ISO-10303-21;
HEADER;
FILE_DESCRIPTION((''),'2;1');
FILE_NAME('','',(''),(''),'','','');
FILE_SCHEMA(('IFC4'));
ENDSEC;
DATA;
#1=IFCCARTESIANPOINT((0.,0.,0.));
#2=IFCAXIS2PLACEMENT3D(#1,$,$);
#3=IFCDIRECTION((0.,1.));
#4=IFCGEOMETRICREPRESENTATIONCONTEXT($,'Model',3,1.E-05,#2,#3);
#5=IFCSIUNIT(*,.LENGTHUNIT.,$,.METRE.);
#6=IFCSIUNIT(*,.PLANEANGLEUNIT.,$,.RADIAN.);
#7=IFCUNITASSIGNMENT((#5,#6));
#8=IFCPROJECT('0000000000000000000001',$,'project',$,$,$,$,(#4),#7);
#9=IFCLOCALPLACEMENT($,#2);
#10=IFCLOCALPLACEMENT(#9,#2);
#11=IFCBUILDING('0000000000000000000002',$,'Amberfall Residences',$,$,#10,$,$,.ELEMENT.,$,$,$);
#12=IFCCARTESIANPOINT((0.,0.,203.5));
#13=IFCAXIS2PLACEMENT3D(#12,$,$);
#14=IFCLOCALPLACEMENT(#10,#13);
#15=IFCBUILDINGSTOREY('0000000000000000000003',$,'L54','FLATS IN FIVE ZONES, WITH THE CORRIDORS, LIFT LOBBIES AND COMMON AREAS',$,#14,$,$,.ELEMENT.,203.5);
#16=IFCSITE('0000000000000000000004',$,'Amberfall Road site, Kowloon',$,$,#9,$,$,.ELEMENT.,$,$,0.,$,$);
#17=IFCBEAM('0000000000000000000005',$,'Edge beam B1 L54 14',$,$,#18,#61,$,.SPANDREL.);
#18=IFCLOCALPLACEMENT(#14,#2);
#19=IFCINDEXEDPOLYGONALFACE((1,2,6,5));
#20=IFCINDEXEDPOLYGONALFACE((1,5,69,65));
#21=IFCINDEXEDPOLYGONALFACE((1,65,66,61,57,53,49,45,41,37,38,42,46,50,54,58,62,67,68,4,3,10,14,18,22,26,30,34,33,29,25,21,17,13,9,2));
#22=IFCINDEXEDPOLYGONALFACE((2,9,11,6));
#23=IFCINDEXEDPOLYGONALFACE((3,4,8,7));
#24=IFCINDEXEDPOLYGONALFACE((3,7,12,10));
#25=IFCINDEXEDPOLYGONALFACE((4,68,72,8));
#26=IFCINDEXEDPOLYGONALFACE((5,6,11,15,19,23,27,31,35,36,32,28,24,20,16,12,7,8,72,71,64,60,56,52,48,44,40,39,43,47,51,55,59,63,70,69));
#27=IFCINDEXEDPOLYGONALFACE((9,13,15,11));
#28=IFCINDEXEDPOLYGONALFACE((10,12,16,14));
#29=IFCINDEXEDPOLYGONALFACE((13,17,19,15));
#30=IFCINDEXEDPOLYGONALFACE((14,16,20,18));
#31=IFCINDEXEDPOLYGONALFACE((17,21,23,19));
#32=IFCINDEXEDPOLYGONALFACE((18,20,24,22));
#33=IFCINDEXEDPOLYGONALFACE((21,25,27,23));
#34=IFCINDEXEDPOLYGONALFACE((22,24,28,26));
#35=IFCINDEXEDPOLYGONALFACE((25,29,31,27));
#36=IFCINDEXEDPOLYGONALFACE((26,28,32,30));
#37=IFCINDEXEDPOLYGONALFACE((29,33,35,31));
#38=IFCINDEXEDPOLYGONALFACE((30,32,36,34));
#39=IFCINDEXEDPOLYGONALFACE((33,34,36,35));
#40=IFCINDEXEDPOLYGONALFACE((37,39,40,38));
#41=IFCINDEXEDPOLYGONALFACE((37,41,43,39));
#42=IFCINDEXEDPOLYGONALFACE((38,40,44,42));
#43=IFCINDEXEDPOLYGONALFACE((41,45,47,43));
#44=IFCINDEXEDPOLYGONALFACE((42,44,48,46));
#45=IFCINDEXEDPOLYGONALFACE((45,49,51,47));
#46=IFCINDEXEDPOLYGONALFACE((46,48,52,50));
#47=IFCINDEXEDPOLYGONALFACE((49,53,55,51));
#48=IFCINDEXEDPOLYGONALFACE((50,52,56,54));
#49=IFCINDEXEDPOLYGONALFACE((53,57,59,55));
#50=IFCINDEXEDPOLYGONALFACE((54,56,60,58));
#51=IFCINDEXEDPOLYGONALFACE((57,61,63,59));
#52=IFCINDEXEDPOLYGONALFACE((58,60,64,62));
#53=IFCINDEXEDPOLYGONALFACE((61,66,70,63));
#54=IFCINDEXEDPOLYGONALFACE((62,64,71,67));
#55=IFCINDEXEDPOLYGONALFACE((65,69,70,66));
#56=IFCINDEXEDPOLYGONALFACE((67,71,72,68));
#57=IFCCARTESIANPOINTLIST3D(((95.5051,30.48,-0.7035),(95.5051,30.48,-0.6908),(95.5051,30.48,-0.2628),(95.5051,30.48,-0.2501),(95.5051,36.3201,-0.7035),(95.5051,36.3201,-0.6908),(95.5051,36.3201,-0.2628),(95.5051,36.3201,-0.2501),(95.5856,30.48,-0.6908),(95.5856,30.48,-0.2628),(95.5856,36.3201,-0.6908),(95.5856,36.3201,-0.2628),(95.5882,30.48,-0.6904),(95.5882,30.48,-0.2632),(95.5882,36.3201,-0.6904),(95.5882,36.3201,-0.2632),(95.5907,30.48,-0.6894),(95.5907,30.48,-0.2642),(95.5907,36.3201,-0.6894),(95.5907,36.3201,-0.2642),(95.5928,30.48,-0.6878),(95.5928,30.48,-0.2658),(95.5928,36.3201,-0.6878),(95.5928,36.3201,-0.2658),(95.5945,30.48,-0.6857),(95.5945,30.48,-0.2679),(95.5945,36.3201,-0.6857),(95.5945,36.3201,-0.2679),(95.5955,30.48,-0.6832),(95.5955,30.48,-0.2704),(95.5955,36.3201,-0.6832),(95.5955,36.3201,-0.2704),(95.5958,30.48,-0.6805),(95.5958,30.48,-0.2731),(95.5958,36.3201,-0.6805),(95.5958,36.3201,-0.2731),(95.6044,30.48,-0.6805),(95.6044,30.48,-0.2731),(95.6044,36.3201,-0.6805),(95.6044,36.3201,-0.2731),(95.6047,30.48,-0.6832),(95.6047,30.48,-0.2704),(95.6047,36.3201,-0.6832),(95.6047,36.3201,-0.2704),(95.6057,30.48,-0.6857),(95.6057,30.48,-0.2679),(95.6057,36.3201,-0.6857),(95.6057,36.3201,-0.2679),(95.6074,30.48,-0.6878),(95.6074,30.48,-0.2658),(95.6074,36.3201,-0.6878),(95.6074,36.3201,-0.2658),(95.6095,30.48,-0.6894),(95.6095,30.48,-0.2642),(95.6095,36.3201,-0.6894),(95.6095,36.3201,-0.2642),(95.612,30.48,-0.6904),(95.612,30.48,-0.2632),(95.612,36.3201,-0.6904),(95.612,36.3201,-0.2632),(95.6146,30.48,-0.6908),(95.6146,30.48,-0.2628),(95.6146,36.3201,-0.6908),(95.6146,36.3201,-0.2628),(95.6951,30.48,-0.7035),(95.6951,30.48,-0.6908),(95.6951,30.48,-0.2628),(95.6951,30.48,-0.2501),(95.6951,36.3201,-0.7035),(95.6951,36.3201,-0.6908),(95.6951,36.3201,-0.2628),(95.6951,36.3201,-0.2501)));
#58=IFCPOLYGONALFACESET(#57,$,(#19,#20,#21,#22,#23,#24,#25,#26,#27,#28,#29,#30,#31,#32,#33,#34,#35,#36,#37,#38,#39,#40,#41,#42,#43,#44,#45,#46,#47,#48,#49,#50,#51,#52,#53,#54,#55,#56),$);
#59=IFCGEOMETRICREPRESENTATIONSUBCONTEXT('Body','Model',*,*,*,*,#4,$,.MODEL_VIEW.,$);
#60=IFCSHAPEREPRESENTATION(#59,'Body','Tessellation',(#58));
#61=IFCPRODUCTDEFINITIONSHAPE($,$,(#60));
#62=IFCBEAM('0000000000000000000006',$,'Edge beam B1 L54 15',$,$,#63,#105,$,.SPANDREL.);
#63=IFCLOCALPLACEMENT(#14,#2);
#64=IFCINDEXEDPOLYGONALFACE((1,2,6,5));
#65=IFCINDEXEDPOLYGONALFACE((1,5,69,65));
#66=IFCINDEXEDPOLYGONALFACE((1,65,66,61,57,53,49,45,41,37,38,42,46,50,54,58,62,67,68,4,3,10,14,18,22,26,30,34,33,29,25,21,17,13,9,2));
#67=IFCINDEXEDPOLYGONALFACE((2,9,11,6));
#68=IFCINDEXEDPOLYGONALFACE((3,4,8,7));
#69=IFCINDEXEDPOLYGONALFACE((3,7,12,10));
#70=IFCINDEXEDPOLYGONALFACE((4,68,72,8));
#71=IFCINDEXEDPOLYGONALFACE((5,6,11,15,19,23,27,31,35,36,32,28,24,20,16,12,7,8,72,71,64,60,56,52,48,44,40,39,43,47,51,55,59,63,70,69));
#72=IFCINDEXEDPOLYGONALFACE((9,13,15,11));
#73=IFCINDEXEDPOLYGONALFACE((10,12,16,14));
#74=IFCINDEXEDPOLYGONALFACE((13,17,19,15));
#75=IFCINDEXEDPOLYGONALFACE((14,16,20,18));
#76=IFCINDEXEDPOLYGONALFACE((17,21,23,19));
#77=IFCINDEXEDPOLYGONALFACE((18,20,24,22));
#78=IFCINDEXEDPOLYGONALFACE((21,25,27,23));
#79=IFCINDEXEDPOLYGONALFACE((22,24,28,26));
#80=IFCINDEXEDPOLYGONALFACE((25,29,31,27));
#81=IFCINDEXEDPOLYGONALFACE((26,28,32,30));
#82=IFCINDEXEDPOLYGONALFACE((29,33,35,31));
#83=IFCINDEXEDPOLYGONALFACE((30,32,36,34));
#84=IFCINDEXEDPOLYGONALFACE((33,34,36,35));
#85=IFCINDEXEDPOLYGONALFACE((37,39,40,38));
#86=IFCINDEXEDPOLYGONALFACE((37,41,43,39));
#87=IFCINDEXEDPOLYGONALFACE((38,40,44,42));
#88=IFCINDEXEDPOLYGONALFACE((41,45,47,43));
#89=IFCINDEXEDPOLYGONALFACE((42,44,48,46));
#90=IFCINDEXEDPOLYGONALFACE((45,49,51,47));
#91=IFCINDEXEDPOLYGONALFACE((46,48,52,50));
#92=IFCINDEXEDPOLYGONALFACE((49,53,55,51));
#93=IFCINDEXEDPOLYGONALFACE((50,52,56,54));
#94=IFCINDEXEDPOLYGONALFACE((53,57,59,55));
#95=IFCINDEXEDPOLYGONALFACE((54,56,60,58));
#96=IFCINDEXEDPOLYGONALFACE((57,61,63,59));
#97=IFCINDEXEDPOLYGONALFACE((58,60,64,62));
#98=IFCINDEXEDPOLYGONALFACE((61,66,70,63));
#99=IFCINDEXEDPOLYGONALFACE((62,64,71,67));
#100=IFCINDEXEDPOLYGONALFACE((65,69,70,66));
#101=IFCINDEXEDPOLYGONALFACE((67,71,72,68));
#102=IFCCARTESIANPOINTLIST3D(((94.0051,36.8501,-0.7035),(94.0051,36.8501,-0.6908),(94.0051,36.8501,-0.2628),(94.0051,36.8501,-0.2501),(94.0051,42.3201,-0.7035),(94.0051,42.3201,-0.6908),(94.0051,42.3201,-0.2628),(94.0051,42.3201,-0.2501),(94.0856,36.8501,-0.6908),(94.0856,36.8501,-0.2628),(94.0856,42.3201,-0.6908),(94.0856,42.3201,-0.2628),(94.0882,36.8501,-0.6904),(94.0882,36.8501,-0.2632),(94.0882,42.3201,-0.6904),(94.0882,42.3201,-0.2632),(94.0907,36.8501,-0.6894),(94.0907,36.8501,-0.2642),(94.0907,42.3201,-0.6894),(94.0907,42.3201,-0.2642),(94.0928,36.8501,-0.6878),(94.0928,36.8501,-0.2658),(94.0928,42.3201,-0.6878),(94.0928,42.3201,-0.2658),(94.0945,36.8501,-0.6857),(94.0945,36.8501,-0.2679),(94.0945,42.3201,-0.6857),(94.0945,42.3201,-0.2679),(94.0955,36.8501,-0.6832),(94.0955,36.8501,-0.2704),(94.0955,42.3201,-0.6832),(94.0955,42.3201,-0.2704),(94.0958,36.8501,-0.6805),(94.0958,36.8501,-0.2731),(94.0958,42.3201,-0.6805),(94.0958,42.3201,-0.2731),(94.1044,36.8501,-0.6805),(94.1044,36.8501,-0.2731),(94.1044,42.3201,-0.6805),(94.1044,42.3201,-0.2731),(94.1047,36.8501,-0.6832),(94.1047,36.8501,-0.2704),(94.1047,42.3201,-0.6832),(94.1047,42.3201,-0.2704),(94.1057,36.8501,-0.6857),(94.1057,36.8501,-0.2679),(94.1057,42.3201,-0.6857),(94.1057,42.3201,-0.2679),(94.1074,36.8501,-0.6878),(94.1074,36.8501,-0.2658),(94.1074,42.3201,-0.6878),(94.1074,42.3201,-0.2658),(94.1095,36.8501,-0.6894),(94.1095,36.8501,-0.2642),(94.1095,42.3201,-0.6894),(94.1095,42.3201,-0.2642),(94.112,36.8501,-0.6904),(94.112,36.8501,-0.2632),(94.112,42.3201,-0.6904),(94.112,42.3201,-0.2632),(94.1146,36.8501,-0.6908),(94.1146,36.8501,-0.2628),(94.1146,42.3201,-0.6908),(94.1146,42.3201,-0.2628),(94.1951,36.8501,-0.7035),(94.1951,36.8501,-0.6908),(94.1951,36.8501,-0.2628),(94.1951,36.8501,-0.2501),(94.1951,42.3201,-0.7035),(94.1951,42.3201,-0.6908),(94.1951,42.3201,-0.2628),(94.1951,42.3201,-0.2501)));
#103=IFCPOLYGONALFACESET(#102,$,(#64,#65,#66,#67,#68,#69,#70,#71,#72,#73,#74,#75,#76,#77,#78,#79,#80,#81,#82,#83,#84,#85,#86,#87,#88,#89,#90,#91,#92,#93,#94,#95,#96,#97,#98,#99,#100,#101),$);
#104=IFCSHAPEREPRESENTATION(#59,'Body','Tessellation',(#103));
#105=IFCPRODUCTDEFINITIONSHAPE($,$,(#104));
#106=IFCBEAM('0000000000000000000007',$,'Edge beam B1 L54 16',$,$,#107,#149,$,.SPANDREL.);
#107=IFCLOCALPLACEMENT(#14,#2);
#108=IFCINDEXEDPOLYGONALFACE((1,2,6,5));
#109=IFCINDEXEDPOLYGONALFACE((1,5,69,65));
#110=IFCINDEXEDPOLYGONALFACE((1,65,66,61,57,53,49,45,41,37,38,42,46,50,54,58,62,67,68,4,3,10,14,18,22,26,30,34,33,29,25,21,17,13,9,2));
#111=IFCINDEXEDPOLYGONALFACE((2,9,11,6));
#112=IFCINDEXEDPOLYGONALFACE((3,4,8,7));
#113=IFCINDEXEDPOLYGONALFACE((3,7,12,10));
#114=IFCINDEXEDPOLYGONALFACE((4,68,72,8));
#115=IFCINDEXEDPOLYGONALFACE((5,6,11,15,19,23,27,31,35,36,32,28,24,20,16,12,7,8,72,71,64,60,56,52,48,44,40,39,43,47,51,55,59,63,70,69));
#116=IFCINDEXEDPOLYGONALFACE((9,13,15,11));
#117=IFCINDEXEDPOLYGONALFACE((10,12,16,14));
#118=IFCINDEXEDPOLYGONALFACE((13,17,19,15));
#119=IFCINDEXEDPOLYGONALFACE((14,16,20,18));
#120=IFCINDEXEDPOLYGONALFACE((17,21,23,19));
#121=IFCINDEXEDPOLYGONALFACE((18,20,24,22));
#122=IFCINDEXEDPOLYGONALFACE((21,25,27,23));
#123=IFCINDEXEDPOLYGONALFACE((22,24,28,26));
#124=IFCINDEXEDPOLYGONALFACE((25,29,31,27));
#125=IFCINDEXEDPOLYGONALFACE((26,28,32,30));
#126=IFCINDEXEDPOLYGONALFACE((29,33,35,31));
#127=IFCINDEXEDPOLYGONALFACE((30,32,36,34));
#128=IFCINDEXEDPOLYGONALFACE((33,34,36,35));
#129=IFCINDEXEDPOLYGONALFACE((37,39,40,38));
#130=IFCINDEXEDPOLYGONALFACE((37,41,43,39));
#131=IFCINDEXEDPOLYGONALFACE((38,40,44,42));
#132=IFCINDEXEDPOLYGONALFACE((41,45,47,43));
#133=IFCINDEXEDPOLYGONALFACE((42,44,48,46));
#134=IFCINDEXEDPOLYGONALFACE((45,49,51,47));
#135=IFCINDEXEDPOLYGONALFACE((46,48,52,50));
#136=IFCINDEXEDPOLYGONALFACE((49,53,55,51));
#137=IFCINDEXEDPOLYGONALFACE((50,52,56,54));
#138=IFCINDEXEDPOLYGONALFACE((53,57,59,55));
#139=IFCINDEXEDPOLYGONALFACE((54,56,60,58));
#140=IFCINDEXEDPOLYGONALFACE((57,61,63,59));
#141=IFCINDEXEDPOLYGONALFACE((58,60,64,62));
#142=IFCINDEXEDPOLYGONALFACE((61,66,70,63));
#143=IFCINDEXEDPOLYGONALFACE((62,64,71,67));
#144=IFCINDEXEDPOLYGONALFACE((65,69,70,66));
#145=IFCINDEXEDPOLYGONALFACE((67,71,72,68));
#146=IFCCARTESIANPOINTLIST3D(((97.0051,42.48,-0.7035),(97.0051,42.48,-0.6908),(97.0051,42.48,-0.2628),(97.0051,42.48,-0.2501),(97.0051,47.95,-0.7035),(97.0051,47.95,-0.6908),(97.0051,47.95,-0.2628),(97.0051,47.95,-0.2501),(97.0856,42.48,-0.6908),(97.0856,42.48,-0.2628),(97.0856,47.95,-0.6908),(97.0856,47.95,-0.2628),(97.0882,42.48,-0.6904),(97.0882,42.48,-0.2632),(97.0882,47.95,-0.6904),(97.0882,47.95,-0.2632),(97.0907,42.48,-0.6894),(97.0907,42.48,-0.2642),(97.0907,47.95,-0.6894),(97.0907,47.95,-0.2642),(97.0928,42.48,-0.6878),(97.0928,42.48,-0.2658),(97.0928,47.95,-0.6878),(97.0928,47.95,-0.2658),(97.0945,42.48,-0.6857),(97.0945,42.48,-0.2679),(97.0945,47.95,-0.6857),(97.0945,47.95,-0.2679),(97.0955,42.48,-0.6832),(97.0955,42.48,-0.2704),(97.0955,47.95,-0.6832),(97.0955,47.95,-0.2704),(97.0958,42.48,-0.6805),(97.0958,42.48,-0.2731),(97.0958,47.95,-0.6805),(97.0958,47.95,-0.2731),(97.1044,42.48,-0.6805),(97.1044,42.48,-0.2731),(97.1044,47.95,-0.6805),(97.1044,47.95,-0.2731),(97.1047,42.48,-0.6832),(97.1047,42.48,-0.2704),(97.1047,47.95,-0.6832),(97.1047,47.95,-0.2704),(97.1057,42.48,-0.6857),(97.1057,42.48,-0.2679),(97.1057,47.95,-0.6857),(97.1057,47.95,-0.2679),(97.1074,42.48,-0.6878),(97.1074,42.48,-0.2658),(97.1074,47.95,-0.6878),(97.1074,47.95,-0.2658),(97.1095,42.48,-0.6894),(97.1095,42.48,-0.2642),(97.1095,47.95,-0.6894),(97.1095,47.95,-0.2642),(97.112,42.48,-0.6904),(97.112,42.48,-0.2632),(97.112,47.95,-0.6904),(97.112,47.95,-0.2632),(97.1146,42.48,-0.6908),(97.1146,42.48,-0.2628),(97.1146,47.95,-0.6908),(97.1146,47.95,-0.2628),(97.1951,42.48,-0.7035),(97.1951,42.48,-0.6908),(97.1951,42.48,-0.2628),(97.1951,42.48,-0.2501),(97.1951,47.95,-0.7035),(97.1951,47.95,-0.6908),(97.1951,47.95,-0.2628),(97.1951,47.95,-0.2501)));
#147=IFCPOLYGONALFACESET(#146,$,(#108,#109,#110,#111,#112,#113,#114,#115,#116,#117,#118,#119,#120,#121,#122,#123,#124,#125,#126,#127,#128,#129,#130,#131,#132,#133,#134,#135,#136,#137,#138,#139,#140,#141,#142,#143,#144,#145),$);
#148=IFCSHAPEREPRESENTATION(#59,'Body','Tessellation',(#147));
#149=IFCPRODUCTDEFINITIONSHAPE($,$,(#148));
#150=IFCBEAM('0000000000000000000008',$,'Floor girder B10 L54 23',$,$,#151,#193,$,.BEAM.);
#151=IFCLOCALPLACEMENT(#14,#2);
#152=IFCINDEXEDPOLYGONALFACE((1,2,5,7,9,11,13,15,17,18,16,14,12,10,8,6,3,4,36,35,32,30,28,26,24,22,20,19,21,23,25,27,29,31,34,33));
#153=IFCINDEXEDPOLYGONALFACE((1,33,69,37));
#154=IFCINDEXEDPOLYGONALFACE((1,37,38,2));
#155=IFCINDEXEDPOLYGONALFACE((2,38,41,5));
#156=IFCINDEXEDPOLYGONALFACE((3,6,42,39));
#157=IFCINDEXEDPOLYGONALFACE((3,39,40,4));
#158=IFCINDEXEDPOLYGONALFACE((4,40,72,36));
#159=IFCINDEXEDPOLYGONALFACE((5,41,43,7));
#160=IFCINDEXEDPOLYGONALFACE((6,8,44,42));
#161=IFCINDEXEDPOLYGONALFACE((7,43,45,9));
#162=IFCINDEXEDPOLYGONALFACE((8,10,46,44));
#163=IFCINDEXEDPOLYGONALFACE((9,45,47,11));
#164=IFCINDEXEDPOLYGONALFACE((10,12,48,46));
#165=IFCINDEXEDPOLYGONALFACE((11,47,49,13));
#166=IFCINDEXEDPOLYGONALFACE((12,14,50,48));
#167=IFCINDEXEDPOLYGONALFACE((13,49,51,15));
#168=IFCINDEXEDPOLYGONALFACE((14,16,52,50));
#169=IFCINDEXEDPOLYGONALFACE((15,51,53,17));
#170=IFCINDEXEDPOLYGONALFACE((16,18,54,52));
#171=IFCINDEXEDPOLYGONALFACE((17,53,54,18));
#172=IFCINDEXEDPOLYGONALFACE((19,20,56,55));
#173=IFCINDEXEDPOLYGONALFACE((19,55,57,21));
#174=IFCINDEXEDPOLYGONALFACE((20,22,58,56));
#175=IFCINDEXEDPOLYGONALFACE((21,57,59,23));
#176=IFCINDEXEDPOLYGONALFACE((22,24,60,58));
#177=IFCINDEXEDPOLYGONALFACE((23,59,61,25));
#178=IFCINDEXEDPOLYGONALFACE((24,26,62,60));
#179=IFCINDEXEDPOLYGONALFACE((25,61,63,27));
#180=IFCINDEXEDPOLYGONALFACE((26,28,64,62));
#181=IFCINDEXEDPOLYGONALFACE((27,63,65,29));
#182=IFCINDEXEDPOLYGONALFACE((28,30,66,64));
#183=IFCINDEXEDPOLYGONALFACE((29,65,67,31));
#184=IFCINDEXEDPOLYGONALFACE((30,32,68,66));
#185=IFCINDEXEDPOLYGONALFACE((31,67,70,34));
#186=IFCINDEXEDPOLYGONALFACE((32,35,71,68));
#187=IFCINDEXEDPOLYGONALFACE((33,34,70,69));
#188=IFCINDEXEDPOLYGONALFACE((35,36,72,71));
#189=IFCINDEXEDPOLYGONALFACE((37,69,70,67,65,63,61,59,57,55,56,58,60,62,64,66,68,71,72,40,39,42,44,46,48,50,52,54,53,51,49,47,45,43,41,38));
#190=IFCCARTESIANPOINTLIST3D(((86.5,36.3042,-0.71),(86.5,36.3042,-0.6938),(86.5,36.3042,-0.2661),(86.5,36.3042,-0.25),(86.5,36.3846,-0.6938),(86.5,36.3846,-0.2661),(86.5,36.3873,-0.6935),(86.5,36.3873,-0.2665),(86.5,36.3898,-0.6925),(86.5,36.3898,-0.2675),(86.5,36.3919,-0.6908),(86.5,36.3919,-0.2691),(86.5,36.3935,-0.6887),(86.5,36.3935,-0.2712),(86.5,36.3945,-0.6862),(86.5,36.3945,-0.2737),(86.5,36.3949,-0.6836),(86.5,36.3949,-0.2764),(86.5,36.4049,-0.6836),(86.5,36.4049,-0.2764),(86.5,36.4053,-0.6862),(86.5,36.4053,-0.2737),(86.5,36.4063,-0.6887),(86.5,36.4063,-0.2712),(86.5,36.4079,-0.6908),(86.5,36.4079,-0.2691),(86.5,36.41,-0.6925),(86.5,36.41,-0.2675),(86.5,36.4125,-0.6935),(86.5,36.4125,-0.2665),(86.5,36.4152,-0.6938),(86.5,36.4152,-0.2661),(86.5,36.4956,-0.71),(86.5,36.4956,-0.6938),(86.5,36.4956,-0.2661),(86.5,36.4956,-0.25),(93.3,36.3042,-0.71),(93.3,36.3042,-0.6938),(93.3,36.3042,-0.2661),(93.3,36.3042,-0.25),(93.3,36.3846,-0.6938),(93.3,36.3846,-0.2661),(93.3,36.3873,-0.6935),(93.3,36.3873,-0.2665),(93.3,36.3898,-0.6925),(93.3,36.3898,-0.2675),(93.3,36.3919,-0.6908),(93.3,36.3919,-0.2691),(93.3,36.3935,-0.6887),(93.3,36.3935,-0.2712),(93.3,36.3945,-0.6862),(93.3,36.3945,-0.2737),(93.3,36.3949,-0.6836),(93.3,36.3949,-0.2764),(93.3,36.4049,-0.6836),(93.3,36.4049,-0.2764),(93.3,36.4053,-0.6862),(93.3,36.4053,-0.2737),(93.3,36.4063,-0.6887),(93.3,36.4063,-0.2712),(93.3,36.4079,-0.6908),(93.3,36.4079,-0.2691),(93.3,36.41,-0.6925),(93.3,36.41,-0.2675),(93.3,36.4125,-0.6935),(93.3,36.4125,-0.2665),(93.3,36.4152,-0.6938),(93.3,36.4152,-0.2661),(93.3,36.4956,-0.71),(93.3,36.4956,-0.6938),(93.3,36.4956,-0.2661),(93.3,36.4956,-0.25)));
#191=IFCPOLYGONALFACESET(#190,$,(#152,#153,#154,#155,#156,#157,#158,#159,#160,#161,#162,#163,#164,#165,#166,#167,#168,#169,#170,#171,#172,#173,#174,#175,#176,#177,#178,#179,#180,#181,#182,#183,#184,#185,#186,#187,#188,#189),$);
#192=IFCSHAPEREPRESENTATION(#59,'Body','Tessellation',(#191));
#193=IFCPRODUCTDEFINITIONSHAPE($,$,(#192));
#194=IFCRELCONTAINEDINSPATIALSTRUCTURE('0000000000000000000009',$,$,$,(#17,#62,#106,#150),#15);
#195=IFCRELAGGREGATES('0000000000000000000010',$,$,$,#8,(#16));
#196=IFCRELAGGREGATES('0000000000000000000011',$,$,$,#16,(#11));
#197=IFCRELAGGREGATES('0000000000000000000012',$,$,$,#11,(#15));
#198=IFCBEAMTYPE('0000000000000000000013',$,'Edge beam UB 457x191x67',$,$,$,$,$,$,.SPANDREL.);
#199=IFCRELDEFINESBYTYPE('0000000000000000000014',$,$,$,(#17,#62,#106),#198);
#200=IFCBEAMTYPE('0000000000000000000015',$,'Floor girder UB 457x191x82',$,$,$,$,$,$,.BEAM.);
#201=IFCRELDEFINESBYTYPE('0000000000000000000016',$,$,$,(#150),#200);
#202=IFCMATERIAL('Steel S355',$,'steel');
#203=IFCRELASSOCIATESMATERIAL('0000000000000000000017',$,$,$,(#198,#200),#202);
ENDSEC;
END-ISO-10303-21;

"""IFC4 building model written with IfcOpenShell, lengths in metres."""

from ifc_helpers import new_model, si_unit, direction, frame, origin, origin_2d, place, context, subcontext, project, spatial, i_section, extrude, material, material_profile, profile_set, type_object, element, save


model = new_model("IFC4")

# Units and contexts
model_context = context("Model", 3, precision=1e-05, world=origin(), true_north=direction((0.0, 1.0)))
body_context = subcontext(model_context, "Body", "Model", "MODEL_VIEW")
ifc_project = project(units=[si_unit("LENGTHUNIT", "METRE"), si_unit("PLANEANGLEUNIT", "RADIAN")], contexts=[model_context])

# Site, building, storey
site_placement = place(None, origin())
site = spatial("IfcSite", under=ifc_project, at=site_placement, Name="Amberfall Road site, Kowloon", CompositionType="ELEMENT", RefElevation=0.0)
building_placement = place(site_placement, origin())
building = spatial("IfcBuilding", under=site, at=building_placement, Name="Amberfall Residences", CompositionType="ELEMENT")
storey_placement = place(building_placement, frame((0.0, 0.0, 203.5)))
storey = spatial("IfcBuildingStorey", under=building, at=storey_placement, Name="L54", Description="FLATS IN FIVE ZONES, WITH THE CORRIDORS, LIFT LOBBIES AND COMMON AREAS", CompositionType="ELEMENT", Elevation=203.5)

# Beams
ifc_material_1 = material(Name="Steel S355", Category="steel")
ifc_material_profile_1 = material_profile(ifc_material_1, i_section(OverallWidth=0.1899, OverallDepth=0.4534, WebThickness=0.0085, FlangeThickness=0.0127, FilletRadius=0.0103, at=origin_2d()), Name="UB 457x191x67")
ifc_profile_set_1 = profile_set([ifc_material_profile_1], Name="Steel S355")
beam_type_1 = type_object("IfcBeamType", Name="Edge beam UB 457x191x67", PredefinedType="SPANDREL", material=ifc_profile_set_1)
beam_1_placement = place(storey_placement, frame((95.6001, 30.48, -0.4768), z_axis=(0.0, 1.0, 0.0), x_axis=(-1.0, 0.0, 0.0)))
element("IfcBeam", 1, at=beam_1_placement, inside=storey, type_object=beam_type_1, Name="Edge beam B1 L54 14", PredefinedType="SPANDREL", context=body_context, shape_type="SweptSolid", body=[
    extrude(i_section(OverallWidth=0.1899, OverallDepth=0.4534, WebThickness=0.0085, FlangeThickness=0.0127, FilletRadius=0.0103, at=origin_2d()), origin(), (0.0, 0.0, 1.0), 5.8401),
])
for number, where, z_axis, x_axis, name in (
    (2, (94.1001, 36.8501, -0.4768), (0.0, 1.0, 0.0), (-1.0, 0.0, 0.0), "Edge beam B1 L54 15"),
    (3, (97.1001, 42.48, -0.4768), (0.0, 1.0, 0.0), (-1.0, 0.0, 0.0), "Edge beam B1 L54 16"),
):
    element("IfcBeam", number, at=place(storey_placement, frame(where, z_axis=z_axis, x_axis=x_axis)), inside=storey, type_object=beam_type_1, Name=name, PredefinedType="SPANDREL", context=body_context, shape_type="SweptSolid", body=[
        extrude(i_section(OverallWidth=0.1899, OverallDepth=0.4534, WebThickness=0.0085, FlangeThickness=0.0127, FilletRadius=0.0103, at=origin_2d()), origin(), (0.0, 0.0, 1.0), 5.47),
    ])
ifc_material_profile_2 = material_profile(ifc_material_1, i_section(OverallWidth=0.1914, OverallDepth=0.46, WebThickness=0.01, FlangeThickness=0.0161, FilletRadius=0.0103, at=origin_2d()), Name="UB 457x191x82")
ifc_profile_set_2 = profile_set([ifc_material_profile_2], Name="Steel S355")
beam_type_2 = type_object("IfcBeamType", Name="Floor girder UB 457x191x82", PredefinedType="BEAM", material=ifc_profile_set_2)
beam_2_placement = place(storey_placement, frame((93.3, 36.3999, -0.48), z_axis=(-1.0, 0.0, 0.0), x_axis=(0.0, -1.0, 0.0)))
element("IfcBeam", 4, at=beam_2_placement, inside=storey, type_object=beam_type_2, Name="Floor girder B10 L54 23", PredefinedType="BEAM", context=body_context, shape_type="SweptSolid", body=[
    extrude(i_section(OverallWidth=0.1914, OverallDepth=0.46, WebThickness=0.01, FlangeThickness=0.0161, FilletRadius=0.0103, at=origin_2d()), origin(), (0.0, 0.0, 1.0), 6.8),
])

save(model, "model.ifc")
